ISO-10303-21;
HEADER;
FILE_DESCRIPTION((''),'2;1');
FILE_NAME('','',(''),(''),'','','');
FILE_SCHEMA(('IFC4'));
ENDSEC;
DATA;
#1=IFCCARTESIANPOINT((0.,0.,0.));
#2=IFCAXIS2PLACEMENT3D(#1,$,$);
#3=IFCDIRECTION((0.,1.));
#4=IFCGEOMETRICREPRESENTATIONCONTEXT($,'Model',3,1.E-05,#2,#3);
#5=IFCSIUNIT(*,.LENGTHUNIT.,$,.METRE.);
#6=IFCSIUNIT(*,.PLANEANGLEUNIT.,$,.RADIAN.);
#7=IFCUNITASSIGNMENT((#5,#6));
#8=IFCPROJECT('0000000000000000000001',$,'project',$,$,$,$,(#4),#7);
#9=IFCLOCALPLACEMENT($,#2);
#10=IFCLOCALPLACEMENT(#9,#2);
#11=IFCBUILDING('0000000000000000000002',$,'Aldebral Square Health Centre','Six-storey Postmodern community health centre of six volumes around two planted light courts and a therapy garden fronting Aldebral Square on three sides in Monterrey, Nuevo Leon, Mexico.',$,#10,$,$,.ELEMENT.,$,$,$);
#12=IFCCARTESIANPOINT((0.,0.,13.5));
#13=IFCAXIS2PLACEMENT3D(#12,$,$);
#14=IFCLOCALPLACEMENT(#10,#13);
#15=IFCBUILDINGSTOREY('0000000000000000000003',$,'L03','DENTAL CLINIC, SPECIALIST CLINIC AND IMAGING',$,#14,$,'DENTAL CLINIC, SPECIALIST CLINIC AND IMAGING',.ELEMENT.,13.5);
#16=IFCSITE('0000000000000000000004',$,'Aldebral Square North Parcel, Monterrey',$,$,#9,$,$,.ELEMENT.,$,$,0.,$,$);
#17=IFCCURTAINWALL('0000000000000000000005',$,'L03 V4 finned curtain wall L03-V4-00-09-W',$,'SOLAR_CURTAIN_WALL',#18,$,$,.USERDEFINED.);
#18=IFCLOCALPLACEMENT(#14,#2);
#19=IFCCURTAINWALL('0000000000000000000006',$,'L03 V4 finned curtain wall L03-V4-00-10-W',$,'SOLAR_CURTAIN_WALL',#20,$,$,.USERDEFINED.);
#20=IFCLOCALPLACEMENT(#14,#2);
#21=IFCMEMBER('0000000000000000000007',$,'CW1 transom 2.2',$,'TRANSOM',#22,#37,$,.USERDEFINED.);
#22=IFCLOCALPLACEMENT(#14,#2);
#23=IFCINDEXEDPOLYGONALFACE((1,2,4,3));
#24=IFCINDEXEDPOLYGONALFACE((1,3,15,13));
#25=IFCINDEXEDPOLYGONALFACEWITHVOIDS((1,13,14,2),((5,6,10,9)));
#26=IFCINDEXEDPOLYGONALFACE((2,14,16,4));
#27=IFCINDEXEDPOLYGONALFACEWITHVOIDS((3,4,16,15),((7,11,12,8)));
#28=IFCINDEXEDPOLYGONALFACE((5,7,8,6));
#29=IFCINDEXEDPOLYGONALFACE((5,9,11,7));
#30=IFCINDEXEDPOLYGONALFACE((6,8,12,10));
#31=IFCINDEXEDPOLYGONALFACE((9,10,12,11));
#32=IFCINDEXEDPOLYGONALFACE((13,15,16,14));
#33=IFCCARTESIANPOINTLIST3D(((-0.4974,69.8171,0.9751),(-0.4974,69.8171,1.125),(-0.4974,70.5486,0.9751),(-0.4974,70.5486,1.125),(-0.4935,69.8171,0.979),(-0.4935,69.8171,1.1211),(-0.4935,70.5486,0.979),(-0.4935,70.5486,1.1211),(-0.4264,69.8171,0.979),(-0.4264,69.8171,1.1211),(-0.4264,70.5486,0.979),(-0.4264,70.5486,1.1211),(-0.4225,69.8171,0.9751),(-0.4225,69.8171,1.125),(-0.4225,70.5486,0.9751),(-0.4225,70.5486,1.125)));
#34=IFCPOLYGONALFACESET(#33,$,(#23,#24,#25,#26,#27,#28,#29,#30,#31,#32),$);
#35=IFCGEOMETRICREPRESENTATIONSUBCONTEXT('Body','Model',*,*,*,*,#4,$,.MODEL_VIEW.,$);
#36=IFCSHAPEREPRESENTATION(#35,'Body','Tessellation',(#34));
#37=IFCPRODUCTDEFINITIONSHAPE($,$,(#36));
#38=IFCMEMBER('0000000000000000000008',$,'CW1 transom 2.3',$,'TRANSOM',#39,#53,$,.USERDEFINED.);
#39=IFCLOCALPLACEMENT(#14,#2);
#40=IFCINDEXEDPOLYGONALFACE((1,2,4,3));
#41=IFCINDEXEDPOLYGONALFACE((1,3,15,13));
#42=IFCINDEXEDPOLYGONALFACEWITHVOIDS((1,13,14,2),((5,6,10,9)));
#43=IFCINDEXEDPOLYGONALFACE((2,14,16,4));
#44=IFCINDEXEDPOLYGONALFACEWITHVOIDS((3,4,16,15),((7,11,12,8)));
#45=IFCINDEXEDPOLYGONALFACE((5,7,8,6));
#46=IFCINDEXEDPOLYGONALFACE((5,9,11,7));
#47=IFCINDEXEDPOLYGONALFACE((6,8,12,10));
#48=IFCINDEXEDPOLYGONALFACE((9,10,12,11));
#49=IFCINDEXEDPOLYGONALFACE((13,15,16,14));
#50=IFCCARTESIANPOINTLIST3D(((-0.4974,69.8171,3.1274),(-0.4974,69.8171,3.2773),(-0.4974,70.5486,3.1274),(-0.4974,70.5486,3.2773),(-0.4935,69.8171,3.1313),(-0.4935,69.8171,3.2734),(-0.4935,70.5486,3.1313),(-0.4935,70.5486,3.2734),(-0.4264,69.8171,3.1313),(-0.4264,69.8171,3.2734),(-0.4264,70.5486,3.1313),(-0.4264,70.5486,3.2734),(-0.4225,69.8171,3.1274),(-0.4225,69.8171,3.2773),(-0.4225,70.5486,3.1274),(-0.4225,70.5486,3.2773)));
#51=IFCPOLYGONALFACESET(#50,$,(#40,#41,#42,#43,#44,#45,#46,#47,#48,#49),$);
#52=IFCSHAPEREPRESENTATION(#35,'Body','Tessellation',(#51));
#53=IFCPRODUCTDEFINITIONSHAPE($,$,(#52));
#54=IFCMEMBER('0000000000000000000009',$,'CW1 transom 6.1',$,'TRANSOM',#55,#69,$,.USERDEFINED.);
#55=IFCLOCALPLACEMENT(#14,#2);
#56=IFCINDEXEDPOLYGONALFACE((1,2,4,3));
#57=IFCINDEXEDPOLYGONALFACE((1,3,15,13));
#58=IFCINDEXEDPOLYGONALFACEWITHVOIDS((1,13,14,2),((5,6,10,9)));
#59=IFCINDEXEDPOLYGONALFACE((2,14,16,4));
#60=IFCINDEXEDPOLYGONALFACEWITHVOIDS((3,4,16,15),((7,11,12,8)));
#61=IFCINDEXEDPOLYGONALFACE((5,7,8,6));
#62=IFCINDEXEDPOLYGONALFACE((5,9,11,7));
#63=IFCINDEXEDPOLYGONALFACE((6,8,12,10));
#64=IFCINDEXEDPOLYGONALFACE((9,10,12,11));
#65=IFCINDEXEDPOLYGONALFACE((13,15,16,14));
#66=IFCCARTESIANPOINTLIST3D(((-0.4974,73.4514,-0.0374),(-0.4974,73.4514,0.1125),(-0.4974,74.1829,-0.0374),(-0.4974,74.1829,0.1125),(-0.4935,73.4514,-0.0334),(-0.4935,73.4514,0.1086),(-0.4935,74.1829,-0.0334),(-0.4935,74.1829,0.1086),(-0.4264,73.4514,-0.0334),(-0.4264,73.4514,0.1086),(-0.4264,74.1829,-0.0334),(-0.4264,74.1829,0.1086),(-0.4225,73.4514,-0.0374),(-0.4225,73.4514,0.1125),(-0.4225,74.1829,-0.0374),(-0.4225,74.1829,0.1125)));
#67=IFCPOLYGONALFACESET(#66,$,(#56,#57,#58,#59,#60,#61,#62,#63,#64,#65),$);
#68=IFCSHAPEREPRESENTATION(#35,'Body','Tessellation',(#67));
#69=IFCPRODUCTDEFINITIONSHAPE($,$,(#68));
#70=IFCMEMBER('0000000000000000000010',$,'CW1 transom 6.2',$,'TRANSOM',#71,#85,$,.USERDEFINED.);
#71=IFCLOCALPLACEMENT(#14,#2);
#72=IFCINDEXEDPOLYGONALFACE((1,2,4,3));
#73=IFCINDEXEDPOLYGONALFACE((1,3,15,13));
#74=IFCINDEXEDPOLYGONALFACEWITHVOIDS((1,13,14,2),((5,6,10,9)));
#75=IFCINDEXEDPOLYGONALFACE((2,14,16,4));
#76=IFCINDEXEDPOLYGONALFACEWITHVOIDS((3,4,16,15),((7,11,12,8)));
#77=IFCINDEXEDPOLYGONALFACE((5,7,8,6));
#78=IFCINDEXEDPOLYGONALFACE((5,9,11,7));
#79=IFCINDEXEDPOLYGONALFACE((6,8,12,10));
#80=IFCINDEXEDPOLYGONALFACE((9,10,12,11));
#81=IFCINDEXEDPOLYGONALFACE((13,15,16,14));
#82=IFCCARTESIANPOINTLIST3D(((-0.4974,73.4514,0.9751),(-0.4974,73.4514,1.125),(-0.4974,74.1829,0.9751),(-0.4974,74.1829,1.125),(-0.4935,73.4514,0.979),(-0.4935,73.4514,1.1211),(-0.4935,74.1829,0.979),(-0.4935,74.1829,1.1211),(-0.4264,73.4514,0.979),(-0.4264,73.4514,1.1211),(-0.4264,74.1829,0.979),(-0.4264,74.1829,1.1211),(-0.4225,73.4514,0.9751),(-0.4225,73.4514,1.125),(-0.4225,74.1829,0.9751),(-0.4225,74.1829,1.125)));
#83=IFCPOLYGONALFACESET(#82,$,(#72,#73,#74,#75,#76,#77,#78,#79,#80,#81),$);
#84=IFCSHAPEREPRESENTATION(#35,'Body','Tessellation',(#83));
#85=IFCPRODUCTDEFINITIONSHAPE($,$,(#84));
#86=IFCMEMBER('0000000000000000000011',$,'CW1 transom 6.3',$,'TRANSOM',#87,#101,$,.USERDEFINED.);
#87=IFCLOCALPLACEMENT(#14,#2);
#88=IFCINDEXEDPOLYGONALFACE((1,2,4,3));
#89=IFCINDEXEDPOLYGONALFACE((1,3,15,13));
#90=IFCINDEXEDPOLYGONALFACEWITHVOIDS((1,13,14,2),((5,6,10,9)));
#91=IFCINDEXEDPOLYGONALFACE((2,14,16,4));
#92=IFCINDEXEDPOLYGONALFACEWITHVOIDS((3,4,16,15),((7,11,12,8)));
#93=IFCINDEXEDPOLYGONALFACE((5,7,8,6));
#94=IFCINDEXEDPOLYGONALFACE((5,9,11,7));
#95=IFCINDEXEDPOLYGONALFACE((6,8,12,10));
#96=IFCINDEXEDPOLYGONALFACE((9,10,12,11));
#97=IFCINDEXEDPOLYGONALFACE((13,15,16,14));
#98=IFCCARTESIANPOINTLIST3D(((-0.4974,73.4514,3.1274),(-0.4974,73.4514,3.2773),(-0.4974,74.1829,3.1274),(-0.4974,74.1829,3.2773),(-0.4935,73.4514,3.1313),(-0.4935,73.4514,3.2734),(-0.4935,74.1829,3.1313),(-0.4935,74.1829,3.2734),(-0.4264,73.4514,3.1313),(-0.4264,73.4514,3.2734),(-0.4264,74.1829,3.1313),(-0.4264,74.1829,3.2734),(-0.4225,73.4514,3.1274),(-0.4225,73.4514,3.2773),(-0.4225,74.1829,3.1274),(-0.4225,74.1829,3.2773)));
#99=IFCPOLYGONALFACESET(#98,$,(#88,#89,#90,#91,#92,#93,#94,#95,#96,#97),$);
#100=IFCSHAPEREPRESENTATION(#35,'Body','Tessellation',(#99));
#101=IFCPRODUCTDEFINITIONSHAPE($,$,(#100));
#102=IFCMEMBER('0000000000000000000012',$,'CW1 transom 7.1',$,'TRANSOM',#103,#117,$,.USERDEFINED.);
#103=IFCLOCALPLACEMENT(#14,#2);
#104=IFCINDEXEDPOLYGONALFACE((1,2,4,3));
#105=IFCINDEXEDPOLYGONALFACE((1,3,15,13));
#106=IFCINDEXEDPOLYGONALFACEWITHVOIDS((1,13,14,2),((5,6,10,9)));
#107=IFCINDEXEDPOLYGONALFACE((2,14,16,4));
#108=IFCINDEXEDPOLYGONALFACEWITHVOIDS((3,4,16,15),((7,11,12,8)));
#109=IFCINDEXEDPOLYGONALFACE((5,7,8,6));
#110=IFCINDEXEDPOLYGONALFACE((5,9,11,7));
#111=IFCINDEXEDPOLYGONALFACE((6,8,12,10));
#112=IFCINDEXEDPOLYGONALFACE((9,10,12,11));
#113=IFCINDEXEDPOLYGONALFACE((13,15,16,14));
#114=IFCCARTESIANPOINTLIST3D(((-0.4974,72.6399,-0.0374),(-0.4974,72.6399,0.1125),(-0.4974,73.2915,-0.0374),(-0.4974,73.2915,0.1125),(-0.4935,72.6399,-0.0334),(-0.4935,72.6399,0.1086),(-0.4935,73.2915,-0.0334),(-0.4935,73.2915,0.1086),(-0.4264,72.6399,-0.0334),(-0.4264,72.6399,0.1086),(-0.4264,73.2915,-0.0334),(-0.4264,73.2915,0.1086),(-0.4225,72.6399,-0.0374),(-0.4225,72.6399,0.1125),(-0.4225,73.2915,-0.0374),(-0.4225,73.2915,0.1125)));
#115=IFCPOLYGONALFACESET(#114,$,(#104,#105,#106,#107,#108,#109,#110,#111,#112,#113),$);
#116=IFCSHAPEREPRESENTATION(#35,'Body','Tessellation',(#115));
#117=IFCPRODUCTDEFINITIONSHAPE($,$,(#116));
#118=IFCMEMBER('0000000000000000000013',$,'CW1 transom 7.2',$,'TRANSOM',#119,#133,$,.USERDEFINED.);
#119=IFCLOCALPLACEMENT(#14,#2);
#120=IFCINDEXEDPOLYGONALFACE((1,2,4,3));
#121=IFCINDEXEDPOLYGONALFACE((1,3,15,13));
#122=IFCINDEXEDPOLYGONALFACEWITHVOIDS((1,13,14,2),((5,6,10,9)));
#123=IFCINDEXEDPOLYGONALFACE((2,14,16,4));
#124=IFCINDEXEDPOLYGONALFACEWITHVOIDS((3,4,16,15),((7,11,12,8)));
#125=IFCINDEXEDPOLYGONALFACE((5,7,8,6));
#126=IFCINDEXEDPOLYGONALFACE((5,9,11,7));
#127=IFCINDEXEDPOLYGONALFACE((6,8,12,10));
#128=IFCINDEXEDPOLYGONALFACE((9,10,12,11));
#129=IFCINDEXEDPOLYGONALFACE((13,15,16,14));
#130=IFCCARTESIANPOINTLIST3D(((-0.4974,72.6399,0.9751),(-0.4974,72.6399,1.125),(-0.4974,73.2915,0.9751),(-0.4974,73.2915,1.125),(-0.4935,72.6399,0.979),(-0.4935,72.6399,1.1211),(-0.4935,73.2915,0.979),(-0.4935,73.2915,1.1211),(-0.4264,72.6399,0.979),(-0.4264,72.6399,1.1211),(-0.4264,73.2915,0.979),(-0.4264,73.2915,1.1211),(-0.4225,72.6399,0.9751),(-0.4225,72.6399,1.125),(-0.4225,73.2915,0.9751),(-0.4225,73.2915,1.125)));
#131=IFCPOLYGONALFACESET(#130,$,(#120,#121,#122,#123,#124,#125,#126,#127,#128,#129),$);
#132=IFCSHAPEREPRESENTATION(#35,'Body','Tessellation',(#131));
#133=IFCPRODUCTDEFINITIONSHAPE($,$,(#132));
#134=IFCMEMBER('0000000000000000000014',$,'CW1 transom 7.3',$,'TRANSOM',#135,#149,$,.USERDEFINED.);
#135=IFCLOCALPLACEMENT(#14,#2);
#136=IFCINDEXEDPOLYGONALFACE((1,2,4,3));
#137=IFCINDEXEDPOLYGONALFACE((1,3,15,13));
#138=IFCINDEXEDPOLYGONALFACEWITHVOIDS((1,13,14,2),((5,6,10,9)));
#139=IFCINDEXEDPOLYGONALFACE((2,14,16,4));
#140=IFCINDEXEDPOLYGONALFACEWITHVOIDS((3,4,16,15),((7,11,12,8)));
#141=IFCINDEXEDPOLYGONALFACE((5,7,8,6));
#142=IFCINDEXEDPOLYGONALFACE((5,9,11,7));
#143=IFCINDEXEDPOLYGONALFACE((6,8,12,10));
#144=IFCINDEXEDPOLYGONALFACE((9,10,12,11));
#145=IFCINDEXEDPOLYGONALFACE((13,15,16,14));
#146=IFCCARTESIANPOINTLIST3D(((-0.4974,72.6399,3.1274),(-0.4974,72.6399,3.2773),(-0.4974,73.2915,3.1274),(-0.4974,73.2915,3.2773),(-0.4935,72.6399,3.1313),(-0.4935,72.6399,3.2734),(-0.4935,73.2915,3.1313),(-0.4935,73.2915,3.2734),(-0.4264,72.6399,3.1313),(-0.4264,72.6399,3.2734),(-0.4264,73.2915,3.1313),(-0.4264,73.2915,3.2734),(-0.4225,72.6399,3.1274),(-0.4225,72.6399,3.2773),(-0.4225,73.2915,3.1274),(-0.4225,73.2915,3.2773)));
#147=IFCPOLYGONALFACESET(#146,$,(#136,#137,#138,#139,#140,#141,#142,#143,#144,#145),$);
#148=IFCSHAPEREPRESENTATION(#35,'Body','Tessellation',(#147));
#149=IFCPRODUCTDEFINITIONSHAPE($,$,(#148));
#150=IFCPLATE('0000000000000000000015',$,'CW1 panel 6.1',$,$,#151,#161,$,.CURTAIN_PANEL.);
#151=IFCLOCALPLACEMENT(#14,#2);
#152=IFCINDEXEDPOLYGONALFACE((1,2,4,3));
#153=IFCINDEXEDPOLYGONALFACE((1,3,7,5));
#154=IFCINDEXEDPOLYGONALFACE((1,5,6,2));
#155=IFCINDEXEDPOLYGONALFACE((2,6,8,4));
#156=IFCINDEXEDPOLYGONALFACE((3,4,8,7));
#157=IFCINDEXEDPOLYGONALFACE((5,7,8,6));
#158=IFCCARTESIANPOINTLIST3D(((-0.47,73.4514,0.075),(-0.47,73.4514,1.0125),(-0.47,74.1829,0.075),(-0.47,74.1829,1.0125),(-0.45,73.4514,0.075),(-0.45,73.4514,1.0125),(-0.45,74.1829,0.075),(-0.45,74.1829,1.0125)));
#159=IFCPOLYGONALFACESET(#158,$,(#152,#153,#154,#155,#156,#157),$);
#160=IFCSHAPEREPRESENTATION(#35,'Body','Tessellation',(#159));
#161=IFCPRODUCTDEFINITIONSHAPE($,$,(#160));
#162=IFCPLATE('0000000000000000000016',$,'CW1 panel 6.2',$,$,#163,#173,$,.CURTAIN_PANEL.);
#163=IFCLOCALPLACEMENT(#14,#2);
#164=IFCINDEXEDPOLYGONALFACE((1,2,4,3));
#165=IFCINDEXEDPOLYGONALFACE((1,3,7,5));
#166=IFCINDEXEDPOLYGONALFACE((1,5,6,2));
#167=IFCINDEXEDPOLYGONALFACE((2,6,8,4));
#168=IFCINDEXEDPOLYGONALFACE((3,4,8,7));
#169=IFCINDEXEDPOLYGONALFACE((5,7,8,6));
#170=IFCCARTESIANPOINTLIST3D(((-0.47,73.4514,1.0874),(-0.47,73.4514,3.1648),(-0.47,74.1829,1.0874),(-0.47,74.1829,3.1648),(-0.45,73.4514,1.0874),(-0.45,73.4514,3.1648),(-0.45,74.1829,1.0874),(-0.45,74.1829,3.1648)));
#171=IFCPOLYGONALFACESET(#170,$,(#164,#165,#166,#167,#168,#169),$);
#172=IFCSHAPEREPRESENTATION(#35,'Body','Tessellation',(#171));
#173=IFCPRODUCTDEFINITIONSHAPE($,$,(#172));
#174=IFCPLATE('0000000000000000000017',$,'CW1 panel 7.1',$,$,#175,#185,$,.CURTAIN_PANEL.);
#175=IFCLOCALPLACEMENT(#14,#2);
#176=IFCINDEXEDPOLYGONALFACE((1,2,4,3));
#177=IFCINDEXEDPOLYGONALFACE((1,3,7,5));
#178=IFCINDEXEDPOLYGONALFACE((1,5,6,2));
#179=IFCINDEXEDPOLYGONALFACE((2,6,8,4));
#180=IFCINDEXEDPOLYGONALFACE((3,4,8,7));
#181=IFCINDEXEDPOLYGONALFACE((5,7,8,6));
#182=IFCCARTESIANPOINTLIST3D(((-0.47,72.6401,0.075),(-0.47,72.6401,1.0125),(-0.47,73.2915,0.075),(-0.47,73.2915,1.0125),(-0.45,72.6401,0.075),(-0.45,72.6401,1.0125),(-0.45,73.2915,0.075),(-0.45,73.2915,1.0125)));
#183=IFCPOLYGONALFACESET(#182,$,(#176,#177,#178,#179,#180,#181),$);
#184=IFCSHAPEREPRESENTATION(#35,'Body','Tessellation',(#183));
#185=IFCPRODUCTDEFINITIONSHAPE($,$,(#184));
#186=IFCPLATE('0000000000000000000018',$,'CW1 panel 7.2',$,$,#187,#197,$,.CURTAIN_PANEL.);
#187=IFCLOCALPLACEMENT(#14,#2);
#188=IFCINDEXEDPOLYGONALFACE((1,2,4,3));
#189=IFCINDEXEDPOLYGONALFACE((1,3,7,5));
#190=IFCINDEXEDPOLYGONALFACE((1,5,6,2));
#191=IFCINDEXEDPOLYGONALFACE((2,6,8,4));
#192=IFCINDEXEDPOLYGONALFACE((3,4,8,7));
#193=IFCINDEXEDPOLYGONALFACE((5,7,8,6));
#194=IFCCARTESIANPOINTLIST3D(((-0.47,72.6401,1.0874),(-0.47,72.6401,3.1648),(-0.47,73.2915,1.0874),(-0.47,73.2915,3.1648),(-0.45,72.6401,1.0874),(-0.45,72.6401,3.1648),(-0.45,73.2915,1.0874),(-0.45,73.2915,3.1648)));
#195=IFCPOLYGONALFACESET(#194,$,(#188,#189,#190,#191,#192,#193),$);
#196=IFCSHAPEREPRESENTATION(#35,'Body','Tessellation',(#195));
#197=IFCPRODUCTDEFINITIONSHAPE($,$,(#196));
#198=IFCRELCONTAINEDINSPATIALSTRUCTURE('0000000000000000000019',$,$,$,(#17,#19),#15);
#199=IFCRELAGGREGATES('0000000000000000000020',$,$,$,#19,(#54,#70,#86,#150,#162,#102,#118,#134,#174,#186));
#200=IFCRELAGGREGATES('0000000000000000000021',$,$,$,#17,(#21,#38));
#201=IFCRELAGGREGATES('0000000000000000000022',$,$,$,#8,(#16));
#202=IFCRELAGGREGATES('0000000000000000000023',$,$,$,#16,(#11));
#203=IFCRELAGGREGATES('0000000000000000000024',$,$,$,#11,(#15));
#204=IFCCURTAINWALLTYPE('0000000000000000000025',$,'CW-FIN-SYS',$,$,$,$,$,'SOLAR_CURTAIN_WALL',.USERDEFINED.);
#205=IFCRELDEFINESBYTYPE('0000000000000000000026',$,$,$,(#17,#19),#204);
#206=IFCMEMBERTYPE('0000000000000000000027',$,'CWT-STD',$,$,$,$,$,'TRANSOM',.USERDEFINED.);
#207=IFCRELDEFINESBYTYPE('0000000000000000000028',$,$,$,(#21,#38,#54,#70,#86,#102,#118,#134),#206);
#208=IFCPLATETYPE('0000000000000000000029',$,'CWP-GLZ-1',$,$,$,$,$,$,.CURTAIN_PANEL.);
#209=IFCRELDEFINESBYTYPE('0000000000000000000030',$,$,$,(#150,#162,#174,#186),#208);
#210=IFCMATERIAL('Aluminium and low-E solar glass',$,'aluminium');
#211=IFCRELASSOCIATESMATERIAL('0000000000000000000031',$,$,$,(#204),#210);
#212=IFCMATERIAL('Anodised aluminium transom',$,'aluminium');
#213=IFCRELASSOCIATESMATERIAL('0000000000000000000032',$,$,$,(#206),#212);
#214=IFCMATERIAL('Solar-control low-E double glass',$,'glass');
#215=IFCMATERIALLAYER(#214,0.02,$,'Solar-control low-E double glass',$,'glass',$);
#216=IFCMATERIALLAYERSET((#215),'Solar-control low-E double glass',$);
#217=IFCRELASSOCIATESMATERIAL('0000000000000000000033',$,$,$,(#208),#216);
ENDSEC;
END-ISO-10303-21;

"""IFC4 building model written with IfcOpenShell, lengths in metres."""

from ifc_helpers import new_model, si_unit, direction, frame, origin, origin_2d, place, context, subcontext, project, spatial, rectangle, hollow_rectangle, extrude, material, layer, layer_set, material_profile, profile_set, type_object, element, aggregate, save


model = new_model("IFC4")

# Units and contexts
model_context = context("Model", 3, precision=1e-05, world=origin(), true_north=direction((0.0, 1.0)))
body_context = subcontext(model_context, "Body", "Model", "MODEL_VIEW")
ifc_project = project(units=[si_unit("LENGTHUNIT", "METRE"), si_unit("PLANEANGLEUNIT", "RADIAN")], contexts=[model_context])

# Site, building, storey
site_placement = place(None, origin())
site = spatial("IfcSite", under=ifc_project, at=site_placement, Name="Aldebral Square North Parcel, Monterrey", CompositionType="ELEMENT", RefElevation=0.0)
building_placement = place(site_placement, origin())
building = spatial("IfcBuilding", under=site, at=building_placement, Name="Aldebral Square Health Centre", Description="Six-storey Postmodern community health centre of six volumes around two planted light courts and a therapy garden fronting Aldebral Square on three sides in Monterrey, Nuevo Leon, Mexico.", CompositionType="ELEMENT")
storey_placement = place(building_placement, frame((0.0, 0.0, 13.5)))
storey = spatial("IfcBuildingStorey", under=building, at=storey_placement, Name="L03", Description="DENTAL CLINIC, SPECIALIST CLINIC AND IMAGING", LongName="DENTAL CLINIC, SPECIALIST CLINIC AND IMAGING", CompositionType="ELEMENT", Elevation=13.5)

# Curtain walls
ifc_material_1 = material(Name="Aluminium and low-E solar glass", Category="aluminium")
curtain_wall_type = type_object("IfcCurtainWallType", Name="CW-FIN-SYS", ElementType="SOLAR_CURTAIN_WALL", PredefinedType="USERDEFINED", material=ifc_material_1)
curtain_wall_1_placement = place(storey_placement, origin())
curtain_wall_1 = element("IfcCurtainWall", 1, at=curtain_wall_1_placement, inside=storey, type_object=curtain_wall_type, Name="L03 V4 finned curtain wall L03-V4-00-09-W", ObjectType="SOLAR_CURTAIN_WALL", PredefinedType="USERDEFINED")
curtain_wall_2_placement = place(storey_placement, origin())
curtain_wall_2 = element("IfcCurtainWall", 2, at=curtain_wall_2_placement, inside=storey, type_object=curtain_wall_type, Name="L03 V4 finned curtain wall L03-V4-00-10-W", ObjectType="SOLAR_CURTAIN_WALL", PredefinedType="USERDEFINED")

# Members
ifc_material_2 = material(Name="Anodised aluminium transom", Category="aluminium")
ifc_material_profile_1 = material_profile(ifc_material_2, hollow_rectangle(XDim=0.075, YDim=0.1499, WallThickness=0.0039, at=origin_2d()), Name="CWT 75x150x4")
ifc_profile_set_1 = profile_set([ifc_material_profile_1], Name="Anodised aluminium transom")
member_type_1 = type_object("IfcMemberType", Name="CWT-STD", ElementType="TRANSOM", PredefinedType="USERDEFINED", material=ifc_profile_set_1)
member_1_placement = place(storey_placement, frame((-0.46, 70.5486, 1.05), z_axis=(0.0, -1.0, 0.0), x_axis=(1.0, 0.0, 0.0)))
member_1 = element("IfcMember", 3, at=member_1_placement, type_object=member_type_1, Name="CW1 transom 2.2", ObjectType="TRANSOM", PredefinedType="USERDEFINED", context=body_context, shape_type="SweptSolid", body=[
    extrude(hollow_rectangle(XDim=0.075, YDim=0.1499, WallThickness=0.0039, at=origin_2d()), origin(), (0.0, 0.0, 1.0), 0.7314),
])
member_2_placement = place(storey_placement, frame((-0.46, 70.5486, 3.2024), z_axis=(0.0, -1.0, 0.0), x_axis=(1.0, 0.0, 0.0)))
member_2 = element("IfcMember", 4, at=member_2_placement, type_object=member_type_1, Name="CW1 transom 2.3", ObjectType="TRANSOM", PredefinedType="USERDEFINED", context=body_context, shape_type="SweptSolid", body=[
    extrude(hollow_rectangle(XDim=0.075, YDim=0.1499, WallThickness=0.0039, at=origin_2d()), origin(), (0.0, 0.0, 1.0), 0.7314),
])
member_3_placement = place(storey_placement, frame((-0.46, 74.1829, 0.0376), z_axis=(0.0, -1.0, 0.0), x_axis=(1.0, 0.0, 0.0)))
member_3 = element("IfcMember", 5, at=member_3_placement, type_object=member_type_1, Name="CW1 transom 6.1", ObjectType="TRANSOM", PredefinedType="USERDEFINED", context=body_context, shape_type="SweptSolid", body=[
    extrude(hollow_rectangle(XDim=0.075, YDim=0.1499, WallThickness=0.0039, at=origin_2d()), origin(), (0.0, 0.0, 1.0), 0.7314),
])
member_4_placement = place(storey_placement, frame((-0.46, 74.1829, 1.05), z_axis=(0.0, -1.0, 0.0), x_axis=(1.0, 0.0, 0.0)))
member_4 = element("IfcMember", 6, at=member_4_placement, type_object=member_type_1, Name="CW1 transom 6.2", ObjectType="TRANSOM", PredefinedType="USERDEFINED", context=body_context, shape_type="SweptSolid", body=[
    extrude(hollow_rectangle(XDim=0.075, YDim=0.1499, WallThickness=0.0039, at=origin_2d()), origin(), (0.0, 0.0, 1.0), 0.7314),
])
member_5_placement = place(storey_placement, frame((-0.46, 74.1829, 3.2024), z_axis=(0.0, -1.0, 0.0), x_axis=(1.0, 0.0, 0.0)))
member_5 = element("IfcMember", 7, at=member_5_placement, type_object=member_type_1, Name="CW1 transom 6.3", ObjectType="TRANSOM", PredefinedType="USERDEFINED", context=body_context, shape_type="SweptSolid", body=[
    extrude(hollow_rectangle(XDim=0.075, YDim=0.1499, WallThickness=0.0039, at=origin_2d()), origin(), (0.0, 0.0, 1.0), 0.7314),
])
member_6_placement = place(storey_placement, frame((-0.46, 73.2915, 0.0376), z_axis=(0.0, -1.0, 0.0), x_axis=(1.0, 0.0, 0.0)))
member_6 = element("IfcMember", 8, at=member_6_placement, type_object=member_type_1, Name="CW1 transom 7.1", ObjectType="TRANSOM", PredefinedType="USERDEFINED", context=body_context, shape_type="SweptSolid", body=[
    extrude(hollow_rectangle(XDim=0.075, YDim=0.1499, WallThickness=0.0039, at=origin_2d()), origin(), (0.0, 0.0, 1.0), 0.6516),
])
member_7_placement = place(storey_placement, frame((-0.46, 73.2915, 1.05), z_axis=(0.0, -1.0, 0.0), x_axis=(1.0, 0.0, 0.0)))
member_7 = element("IfcMember", 9, at=member_7_placement, type_object=member_type_1, Name="CW1 transom 7.2", ObjectType="TRANSOM", PredefinedType="USERDEFINED", context=body_context, shape_type="SweptSolid", body=[
    extrude(hollow_rectangle(XDim=0.075, YDim=0.1499, WallThickness=0.0039, at=origin_2d()), origin(), (0.0, 0.0, 1.0), 0.6516),
])
member_8_placement = place(storey_placement, frame((-0.46, 73.2915, 3.2024), z_axis=(0.0, -1.0, 0.0), x_axis=(1.0, 0.0, 0.0)))
member_8 = element("IfcMember", 10, at=member_8_placement, type_object=member_type_1, Name="CW1 transom 7.3", ObjectType="TRANSOM", PredefinedType="USERDEFINED", context=body_context, shape_type="SweptSolid", body=[
    extrude(hollow_rectangle(XDim=0.075, YDim=0.1499, WallThickness=0.0039, at=origin_2d()), origin(), (0.0, 0.0, 1.0), 0.6516),
])

# Plates
ifc_material_3 = material(Name="Solar-control low-E double glass", Category="glass")
ifc_layer_1 = layer(ifc_material_3, 0.02, Name="Solar-control low-E double glass", Category="glass")
ifc_layer_set_1 = layer_set([ifc_layer_1], Name="Solar-control low-E double glass")
plate_type_1 = type_object("IfcPlateType", Name="CWP-GLZ-1", PredefinedType="CURTAIN_PANEL", material=ifc_layer_set_1)
plate_1_placement = place(storey_placement, frame((-0.46, 73.8171, 0.075), z_axis=(0.0, 0.0, 1.0), x_axis=(0.0, -1.0, 0.0)))
plate_1 = element("IfcPlate", 11, at=plate_1_placement, type_object=plate_type_1, Name="CW1 panel 6.1", PredefinedType="CURTAIN_PANEL", context=body_context, shape_type="SweptSolid", body=[
    extrude(rectangle(XDim=0.7314, YDim=0.02, at=origin_2d()), origin(), (0.0, 0.0, 1.0), 0.9375),
])
plate_2_placement = place(storey_placement, frame((-0.46, 73.8171, 1.0874), z_axis=(0.0, 0.0, 1.0), x_axis=(0.0, -1.0, 0.0)))
plate_2 = element("IfcPlate", 12, at=plate_2_placement, type_object=plate_type_1, Name="CW1 panel 6.2", PredefinedType="CURTAIN_PANEL", context=body_context, shape_type="SweptSolid", body=[
    extrude(rectangle(XDim=0.7314, YDim=0.02, at=origin_2d()), origin(), (0.0, 0.0, 1.0), 2.0774),
])
plate_3_placement = place(storey_placement, frame((-0.46, 72.9658, 0.075), z_axis=(0.0, 0.0, 1.0), x_axis=(0.0, -1.0, 0.0)))
plate_3 = element("IfcPlate", 13, at=plate_3_placement, type_object=plate_type_1, Name="CW1 panel 7.1", PredefinedType="CURTAIN_PANEL", context=body_context, shape_type="SweptSolid", body=[
    extrude(rectangle(XDim=0.6514, YDim=0.02, at=origin_2d()), origin(), (0.0, 0.0, 1.0), 0.9375),
])
plate_4_placement = place(storey_placement, frame((-0.46, 72.9658, 1.0874), z_axis=(0.0, 0.0, 1.0), x_axis=(0.0, -1.0, 0.0)))
plate_4 = element("IfcPlate", 14, at=plate_4_placement, type_object=plate_type_1, Name="CW1 panel 7.2", PredefinedType="CURTAIN_PANEL", context=body_context, shape_type="SweptSolid", body=[
    extrude(rectangle(XDim=0.6514, YDim=0.02, at=origin_2d()), origin(), (0.0, 0.0, 1.0), 2.0774),
])
aggregate(curtain_wall_2, [member_3, member_4, member_5, plate_1, plate_2, member_6, member_7, member_8, plate_3, plate_4])
aggregate(curtain_wall_1, [member_1, member_2])

save(model, "model.ifc")
